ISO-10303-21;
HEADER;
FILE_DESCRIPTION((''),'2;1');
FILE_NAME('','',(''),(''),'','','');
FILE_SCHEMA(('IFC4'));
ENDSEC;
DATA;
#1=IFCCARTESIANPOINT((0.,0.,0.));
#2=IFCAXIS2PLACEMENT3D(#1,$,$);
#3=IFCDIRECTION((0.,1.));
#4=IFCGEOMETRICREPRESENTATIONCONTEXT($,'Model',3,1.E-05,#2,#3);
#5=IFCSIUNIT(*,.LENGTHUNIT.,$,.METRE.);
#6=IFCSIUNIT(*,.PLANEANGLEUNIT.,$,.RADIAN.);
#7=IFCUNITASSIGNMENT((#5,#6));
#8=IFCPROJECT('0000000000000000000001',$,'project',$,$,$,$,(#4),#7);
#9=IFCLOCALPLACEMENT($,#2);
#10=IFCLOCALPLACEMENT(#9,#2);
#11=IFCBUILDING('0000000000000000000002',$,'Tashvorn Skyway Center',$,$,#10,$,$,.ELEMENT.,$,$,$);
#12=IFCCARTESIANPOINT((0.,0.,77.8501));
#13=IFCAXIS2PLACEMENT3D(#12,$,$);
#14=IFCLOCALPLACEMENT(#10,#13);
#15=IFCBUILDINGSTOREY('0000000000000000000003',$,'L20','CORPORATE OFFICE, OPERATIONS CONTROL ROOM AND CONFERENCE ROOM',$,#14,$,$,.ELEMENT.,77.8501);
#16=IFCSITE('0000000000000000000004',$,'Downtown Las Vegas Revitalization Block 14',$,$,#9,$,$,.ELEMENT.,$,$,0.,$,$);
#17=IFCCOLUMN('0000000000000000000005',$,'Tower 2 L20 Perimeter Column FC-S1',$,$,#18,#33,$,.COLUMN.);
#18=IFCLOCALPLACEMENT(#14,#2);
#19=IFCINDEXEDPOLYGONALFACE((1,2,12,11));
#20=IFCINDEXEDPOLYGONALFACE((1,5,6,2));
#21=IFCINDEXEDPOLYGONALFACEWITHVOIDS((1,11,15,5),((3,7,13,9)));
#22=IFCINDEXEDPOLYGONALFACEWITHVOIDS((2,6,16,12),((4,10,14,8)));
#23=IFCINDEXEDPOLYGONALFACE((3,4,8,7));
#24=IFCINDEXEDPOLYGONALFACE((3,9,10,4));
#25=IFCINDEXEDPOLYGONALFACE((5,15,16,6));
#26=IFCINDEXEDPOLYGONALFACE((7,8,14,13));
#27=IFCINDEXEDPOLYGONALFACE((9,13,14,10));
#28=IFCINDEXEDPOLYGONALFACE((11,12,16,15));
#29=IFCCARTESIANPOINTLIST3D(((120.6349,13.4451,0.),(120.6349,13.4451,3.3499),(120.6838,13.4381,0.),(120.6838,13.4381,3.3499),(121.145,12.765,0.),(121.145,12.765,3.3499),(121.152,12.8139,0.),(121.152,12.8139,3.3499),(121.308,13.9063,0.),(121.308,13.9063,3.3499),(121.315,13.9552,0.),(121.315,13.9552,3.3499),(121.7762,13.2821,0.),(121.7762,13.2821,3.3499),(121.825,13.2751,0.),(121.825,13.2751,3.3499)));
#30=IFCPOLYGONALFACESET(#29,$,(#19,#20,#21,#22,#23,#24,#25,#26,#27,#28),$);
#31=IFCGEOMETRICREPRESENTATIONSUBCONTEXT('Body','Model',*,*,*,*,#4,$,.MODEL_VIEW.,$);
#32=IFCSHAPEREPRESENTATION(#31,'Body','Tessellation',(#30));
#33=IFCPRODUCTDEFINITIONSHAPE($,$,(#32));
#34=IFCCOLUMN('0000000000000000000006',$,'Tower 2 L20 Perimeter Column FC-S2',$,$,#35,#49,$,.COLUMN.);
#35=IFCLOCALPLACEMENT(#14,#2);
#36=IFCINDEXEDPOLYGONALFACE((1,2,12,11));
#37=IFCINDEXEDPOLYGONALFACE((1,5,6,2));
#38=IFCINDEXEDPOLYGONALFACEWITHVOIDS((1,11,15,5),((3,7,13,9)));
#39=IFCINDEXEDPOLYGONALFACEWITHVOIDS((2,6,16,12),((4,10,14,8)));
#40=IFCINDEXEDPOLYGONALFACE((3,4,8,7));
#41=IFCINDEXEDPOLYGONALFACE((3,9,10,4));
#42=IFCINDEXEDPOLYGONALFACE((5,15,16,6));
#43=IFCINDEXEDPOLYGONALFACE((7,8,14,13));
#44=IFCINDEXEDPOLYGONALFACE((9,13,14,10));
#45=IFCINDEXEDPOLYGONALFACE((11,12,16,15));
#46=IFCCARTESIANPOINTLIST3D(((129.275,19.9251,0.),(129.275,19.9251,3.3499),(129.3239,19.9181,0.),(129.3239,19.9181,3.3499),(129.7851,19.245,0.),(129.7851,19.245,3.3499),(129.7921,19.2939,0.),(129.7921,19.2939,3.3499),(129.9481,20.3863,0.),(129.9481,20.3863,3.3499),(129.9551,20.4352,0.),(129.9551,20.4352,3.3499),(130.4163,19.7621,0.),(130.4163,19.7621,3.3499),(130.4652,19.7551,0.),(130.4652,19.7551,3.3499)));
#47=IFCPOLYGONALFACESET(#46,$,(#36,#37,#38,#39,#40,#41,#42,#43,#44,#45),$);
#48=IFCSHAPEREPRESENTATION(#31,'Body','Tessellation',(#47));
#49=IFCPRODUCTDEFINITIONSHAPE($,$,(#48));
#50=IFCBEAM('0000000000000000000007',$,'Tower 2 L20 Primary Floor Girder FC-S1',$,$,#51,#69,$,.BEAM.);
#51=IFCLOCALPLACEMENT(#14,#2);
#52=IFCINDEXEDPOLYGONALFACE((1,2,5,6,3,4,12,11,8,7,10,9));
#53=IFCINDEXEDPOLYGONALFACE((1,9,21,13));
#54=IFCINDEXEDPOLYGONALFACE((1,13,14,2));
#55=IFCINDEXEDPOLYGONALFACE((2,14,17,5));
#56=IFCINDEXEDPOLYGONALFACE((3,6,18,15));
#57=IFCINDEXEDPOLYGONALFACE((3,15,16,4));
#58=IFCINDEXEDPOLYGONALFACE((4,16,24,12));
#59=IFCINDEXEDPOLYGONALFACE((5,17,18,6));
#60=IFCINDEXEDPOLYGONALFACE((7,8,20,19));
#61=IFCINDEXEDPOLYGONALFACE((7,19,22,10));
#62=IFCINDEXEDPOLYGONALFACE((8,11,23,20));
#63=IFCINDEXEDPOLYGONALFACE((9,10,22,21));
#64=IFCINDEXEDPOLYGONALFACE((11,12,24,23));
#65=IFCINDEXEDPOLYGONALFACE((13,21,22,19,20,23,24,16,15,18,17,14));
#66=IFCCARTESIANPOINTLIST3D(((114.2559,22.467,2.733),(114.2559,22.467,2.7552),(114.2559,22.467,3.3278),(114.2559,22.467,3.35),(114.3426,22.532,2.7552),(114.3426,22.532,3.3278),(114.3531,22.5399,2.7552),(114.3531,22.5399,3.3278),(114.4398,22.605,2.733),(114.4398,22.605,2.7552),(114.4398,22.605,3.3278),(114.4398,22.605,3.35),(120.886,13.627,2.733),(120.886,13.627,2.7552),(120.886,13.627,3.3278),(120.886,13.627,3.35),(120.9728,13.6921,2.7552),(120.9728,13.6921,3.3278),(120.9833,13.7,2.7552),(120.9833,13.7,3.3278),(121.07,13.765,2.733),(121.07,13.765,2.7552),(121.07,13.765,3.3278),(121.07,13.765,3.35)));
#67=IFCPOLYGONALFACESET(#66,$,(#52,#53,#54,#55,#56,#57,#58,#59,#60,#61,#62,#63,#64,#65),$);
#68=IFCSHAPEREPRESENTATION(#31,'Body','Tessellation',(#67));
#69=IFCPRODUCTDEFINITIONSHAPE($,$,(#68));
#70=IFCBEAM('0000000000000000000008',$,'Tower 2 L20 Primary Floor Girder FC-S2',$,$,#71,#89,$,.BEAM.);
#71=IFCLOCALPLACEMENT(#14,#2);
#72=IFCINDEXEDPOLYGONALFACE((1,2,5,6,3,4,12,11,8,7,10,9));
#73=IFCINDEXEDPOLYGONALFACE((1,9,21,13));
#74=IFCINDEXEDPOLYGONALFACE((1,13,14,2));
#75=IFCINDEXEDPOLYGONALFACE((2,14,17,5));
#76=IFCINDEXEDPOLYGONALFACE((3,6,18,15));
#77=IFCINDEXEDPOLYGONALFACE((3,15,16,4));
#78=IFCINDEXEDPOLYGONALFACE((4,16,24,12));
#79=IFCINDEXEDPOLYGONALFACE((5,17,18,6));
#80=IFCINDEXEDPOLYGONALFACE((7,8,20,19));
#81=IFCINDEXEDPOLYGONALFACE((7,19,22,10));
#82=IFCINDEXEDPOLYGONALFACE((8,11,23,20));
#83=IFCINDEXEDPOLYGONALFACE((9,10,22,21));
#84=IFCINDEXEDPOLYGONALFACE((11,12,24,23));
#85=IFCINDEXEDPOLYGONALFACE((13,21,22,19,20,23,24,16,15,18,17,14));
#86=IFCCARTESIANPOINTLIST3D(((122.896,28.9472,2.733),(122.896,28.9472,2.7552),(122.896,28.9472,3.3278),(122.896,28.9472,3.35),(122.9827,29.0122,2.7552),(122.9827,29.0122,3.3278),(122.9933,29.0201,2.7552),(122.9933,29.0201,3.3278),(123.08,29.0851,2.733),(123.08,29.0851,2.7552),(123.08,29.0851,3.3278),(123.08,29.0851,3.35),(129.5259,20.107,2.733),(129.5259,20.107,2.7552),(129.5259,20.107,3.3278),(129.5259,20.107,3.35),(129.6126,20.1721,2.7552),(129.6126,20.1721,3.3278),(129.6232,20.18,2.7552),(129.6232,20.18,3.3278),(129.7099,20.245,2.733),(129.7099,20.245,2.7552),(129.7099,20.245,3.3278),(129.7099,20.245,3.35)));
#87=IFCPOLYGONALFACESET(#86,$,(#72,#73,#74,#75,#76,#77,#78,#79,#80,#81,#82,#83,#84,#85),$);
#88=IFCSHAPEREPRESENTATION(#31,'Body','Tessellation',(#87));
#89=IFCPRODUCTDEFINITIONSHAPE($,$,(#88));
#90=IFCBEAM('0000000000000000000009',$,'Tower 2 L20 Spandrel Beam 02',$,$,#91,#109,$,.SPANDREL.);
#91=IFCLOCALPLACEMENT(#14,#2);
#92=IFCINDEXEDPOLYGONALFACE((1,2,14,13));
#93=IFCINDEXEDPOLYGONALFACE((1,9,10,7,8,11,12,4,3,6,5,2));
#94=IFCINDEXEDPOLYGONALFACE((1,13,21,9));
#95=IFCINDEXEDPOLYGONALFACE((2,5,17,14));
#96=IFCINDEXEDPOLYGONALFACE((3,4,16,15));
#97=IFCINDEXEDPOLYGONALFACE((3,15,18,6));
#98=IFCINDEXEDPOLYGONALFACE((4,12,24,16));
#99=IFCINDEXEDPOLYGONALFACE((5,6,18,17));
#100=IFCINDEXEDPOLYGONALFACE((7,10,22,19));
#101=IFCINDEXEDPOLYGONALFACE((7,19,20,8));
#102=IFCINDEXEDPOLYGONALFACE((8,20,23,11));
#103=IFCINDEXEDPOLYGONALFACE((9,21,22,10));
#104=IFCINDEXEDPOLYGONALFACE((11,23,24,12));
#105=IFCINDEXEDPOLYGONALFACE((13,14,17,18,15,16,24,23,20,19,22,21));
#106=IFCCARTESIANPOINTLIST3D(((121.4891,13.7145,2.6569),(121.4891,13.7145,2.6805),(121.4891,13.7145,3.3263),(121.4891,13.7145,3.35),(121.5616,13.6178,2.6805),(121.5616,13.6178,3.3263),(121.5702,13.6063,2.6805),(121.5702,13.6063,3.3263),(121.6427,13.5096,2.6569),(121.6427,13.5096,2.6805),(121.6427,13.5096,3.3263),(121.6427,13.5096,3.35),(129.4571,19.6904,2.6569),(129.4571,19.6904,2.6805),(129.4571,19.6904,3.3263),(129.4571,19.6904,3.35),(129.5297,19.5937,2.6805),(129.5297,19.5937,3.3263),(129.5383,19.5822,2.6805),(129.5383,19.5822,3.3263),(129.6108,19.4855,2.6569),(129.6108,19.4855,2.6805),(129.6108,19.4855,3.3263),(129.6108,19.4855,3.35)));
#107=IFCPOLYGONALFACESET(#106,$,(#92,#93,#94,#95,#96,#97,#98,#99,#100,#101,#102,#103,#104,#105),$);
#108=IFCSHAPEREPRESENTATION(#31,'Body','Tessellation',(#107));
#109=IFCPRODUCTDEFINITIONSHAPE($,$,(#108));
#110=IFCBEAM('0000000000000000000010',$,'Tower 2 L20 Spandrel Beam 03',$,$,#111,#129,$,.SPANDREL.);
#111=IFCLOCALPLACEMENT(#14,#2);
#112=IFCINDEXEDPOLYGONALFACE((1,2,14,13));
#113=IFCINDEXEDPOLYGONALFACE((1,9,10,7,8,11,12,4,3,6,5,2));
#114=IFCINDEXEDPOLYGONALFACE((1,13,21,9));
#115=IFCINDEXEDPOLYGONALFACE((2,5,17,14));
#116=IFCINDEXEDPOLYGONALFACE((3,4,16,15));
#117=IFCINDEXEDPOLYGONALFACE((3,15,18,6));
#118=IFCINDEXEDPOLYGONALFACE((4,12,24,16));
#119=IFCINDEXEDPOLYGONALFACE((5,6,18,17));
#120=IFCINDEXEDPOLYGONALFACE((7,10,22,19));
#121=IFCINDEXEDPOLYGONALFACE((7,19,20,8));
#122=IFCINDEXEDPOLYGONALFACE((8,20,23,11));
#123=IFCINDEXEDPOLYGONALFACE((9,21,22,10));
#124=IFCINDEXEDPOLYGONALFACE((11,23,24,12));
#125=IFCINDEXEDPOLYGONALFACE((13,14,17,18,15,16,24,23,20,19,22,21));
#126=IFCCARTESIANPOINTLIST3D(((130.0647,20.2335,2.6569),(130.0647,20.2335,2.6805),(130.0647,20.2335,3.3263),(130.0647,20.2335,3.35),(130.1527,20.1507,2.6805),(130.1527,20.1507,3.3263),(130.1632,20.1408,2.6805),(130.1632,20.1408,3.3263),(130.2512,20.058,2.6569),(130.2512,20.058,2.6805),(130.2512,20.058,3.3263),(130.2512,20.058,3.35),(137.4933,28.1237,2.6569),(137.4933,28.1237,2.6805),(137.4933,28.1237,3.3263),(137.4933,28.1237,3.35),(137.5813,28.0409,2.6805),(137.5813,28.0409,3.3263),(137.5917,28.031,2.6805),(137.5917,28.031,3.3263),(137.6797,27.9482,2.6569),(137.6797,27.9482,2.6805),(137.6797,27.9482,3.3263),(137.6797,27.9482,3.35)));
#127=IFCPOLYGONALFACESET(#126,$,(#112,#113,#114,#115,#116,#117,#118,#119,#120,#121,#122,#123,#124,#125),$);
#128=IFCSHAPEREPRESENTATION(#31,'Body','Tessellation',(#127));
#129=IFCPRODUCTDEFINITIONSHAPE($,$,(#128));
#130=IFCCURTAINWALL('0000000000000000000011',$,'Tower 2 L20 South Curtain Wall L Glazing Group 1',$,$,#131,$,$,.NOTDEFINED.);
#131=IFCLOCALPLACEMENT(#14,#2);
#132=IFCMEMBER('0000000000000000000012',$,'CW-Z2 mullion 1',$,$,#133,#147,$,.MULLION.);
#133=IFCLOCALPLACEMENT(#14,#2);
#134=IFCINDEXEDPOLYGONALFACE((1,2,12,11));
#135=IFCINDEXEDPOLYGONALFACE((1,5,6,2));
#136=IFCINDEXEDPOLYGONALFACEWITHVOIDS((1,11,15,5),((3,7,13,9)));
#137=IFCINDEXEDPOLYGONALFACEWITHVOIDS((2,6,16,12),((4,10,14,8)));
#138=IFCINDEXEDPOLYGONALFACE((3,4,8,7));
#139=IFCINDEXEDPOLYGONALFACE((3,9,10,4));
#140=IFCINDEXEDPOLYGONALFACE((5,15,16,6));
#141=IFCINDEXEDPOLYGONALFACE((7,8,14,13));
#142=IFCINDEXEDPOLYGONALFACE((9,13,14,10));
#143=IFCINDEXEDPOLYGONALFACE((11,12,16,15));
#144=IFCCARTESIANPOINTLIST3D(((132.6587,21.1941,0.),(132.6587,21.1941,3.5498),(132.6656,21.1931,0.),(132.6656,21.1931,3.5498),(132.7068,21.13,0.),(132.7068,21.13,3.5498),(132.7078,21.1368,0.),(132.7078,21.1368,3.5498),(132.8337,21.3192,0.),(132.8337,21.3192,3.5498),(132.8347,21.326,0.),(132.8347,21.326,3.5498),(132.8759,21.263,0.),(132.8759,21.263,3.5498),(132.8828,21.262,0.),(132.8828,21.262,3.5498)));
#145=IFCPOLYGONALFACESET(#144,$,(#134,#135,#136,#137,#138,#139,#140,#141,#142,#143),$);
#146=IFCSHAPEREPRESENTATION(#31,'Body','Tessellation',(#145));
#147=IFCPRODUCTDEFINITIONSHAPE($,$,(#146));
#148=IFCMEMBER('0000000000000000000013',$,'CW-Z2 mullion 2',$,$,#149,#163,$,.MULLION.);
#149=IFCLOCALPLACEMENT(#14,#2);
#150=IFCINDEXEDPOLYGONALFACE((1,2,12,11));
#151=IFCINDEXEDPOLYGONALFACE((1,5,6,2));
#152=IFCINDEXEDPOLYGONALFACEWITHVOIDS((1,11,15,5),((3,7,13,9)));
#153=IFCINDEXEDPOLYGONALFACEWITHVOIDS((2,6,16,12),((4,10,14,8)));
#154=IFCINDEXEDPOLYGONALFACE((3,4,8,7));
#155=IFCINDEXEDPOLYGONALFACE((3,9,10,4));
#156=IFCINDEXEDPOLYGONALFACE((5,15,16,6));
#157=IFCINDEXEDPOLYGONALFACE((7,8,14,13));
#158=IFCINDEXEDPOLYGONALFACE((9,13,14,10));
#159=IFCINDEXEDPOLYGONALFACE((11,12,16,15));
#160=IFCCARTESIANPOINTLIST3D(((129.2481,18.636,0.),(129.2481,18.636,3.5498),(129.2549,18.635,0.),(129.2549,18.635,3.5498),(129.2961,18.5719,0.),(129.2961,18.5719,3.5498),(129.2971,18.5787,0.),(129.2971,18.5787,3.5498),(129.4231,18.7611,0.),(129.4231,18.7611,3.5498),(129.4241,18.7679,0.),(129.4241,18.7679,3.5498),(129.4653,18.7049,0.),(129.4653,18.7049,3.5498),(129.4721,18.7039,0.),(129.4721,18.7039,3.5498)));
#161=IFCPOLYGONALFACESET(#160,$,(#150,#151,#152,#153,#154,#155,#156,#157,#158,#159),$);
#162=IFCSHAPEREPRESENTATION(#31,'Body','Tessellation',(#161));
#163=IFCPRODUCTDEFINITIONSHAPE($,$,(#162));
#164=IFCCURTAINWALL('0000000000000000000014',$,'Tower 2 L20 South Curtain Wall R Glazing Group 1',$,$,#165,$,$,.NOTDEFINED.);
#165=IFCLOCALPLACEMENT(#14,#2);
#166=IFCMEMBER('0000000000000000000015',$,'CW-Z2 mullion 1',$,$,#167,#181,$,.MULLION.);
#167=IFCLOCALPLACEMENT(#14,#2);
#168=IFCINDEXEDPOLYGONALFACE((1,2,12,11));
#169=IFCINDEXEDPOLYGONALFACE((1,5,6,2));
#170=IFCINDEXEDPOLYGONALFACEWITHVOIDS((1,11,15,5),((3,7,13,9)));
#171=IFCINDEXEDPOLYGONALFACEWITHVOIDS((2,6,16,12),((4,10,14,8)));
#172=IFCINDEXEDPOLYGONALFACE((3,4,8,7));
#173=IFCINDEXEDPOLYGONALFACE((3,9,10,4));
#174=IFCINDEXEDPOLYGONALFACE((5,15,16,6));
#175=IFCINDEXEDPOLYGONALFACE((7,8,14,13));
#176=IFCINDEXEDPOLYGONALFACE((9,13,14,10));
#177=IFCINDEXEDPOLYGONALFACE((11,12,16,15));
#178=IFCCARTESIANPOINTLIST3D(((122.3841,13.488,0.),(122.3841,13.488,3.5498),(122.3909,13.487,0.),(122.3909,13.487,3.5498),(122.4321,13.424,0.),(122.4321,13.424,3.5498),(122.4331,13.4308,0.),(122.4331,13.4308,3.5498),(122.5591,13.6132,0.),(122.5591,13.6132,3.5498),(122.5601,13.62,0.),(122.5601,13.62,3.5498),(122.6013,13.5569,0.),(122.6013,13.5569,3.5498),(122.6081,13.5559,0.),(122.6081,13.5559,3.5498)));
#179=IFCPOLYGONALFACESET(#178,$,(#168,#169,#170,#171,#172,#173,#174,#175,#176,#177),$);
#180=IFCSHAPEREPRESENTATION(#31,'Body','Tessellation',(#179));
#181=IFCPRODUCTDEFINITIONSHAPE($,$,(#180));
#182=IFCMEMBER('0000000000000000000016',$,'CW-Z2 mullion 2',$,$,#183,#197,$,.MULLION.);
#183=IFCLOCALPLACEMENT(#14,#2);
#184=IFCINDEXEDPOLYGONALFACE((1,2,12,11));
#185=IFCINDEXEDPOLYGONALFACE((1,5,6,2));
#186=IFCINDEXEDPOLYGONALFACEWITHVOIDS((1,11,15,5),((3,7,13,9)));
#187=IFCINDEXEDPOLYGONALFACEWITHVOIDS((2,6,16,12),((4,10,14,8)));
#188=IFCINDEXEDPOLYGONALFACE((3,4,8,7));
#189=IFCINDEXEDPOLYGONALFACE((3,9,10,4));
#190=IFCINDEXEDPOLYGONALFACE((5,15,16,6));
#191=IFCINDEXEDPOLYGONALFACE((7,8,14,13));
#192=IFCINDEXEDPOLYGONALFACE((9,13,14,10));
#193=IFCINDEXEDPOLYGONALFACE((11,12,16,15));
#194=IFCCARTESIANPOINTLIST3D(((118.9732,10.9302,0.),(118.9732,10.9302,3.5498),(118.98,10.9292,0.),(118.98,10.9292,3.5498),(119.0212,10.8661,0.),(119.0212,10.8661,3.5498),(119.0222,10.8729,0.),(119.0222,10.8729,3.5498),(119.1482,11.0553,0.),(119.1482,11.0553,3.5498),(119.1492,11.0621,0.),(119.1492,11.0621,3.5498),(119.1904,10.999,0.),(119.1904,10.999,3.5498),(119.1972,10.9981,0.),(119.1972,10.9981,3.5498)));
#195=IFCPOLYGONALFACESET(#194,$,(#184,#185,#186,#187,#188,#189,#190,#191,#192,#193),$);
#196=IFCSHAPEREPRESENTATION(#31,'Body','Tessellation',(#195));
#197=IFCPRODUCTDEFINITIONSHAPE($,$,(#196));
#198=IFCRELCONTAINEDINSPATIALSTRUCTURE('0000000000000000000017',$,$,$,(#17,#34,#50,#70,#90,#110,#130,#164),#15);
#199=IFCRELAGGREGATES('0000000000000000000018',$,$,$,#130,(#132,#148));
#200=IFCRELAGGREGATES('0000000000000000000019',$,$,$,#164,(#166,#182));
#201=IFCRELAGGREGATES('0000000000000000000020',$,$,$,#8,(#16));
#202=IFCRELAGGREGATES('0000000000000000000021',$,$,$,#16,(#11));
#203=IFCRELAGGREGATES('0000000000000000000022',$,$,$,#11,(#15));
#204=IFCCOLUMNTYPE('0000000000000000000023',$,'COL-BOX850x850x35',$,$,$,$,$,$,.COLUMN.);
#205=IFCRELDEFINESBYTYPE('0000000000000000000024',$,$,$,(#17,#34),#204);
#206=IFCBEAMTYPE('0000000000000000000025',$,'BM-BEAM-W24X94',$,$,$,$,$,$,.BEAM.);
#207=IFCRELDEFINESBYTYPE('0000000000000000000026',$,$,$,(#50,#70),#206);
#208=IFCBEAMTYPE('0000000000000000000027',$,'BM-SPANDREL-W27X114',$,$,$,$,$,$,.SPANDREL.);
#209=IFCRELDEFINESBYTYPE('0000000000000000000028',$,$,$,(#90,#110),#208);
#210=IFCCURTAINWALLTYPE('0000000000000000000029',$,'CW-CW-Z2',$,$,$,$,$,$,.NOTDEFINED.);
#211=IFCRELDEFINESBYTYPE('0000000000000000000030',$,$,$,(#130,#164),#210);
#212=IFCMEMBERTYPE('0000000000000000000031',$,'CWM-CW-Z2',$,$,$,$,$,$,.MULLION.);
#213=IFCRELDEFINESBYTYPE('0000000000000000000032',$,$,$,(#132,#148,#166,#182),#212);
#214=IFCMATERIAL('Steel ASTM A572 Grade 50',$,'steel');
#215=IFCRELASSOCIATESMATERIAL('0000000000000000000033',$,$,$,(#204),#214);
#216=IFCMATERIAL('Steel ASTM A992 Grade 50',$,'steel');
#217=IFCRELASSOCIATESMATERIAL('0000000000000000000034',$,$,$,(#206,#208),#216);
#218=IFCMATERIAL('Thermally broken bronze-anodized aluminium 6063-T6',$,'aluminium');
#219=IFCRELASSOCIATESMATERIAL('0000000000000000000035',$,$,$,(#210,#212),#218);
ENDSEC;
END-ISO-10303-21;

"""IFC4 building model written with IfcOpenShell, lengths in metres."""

from ifc_helpers import new_model, si_unit, direction, frame, origin, origin_2d, place, context, subcontext, project, spatial, hollow_rectangle, i_section, extrude, material, material_profile, profile_set, type_object, element, aggregate, save


model = new_model("IFC4")

# Units and contexts
model_context = context("Model", 3, precision=1e-05, world=origin(), true_north=direction((0.0, 1.0)))
body_context = subcontext(model_context, "Body", "Model", "MODEL_VIEW")
ifc_project = project(units=[si_unit("LENGTHUNIT", "METRE"), si_unit("PLANEANGLEUNIT", "RADIAN")], contexts=[model_context])

# Site, building, storey
site_placement = place(None, origin())
site = spatial("IfcSite", under=ifc_project, at=site_placement, Name="Downtown Las Vegas Revitalization Block 14", CompositionType="ELEMENT", RefElevation=0.0)
building_placement = place(site_placement, origin())
building = spatial("IfcBuilding", under=site, at=building_placement, Name="Tashvorn Skyway Center", CompositionType="ELEMENT")
storey_placement = place(building_placement, frame((0.0, 0.0, 77.8501)))
storey = spatial("IfcBuildingStorey", under=building, at=storey_placement, Name="L20", Description="CORPORATE OFFICE, OPERATIONS CONTROL ROOM AND CONFERENCE ROOM", CompositionType="ELEMENT", Elevation=77.8501)

# Columns
ifc_material_1 = material(Name="Steel ASTM A572 Grade 50", Category="steel")
ifc_material_profile_1 = material_profile(ifc_material_1, hollow_rectangle(XDim=0.8501, YDim=0.8501, WallThickness=0.0349, at=origin_2d()), Name="BOX850x850x35")
ifc_profile_set_1 = profile_set([ifc_material_profile_1], Name="Steel ASTM A572 Grade 50")
column_type = type_object("IfcColumnType", Name="COL-BOX850x850x35", PredefinedType="COLUMN", material=ifc_profile_set_1)
for number, where, z_axis, x_axis, name in (
    (1, (121.23, 13.3601, 0.0), (0.0, 0.0, 1.0), (0.8, 0.6, 0.0), "Tower 2 L20 Perimeter Column FC-S1"),
    (2, (129.8701, 19.8401, 0.0), (0.0, 0.0, 1.0), (0.8, 0.6, 0.0), "Tower 2 L20 Perimeter Column FC-S2"),
):
    element("IfcColumn", number, at=place(storey_placement, frame(where, z_axis=z_axis, x_axis=x_axis)), inside=storey, type_object=column_type, Name=name, PredefinedType="COLUMN", context=body_context, shape_type="SweptSolid", body=[
        extrude(hollow_rectangle(XDim=0.8501, YDim=0.8501, WallThickness=0.0349, at=origin_2d()), origin(), (0.0, 0.0, 1.0), 3.3499),
    ])

# Beams
ifc_material_2 = material(Name="Steel ASTM A992 Grade 50", Category="steel")
ifc_material_profile_2 = material_profile(ifc_material_2, i_section(OverallWidth=0.23, OverallDepth=0.6169, WebThickness=0.0132, FlangeThickness=0.0222, at=origin_2d()), Name="W24X94")
ifc_profile_set_2 = profile_set([ifc_material_profile_2], Name="Steel ASTM A992 Grade 50")
beam_type_1 = type_object("IfcBeamType", Name="BM-BEAM-W24X94", PredefinedType="BEAM", material=ifc_profile_set_2)
for number, where, z_axis, x_axis, name in (
    (3, (120.978, 13.696, 3.0415), (-0.600014, 0.799989, 0.0), (-0.799989, -0.600014, 0.0), "Tower 2 L20 Primary Floor Girder FC-S1"),
    (4, (129.6179, 20.176, 3.0415), (-0.599989, 0.800008, 0.0), (-0.800008, -0.599989, 0.0), "Tower 2 L20 Primary Floor Girder FC-S2"),
):
    element("IfcBeam", number, at=place(storey_placement, frame(where, z_axis=z_axis, x_axis=x_axis)), inside=storey, type_object=beam_type_1, Name=name, PredefinedType="BEAM", context=body_context, shape_type="SweptSolid", body=[
        extrude(i_section(OverallWidth=0.23, OverallDepth=0.6169, WebThickness=0.0132, FlangeThickness=0.0222, at=origin_2d()), origin(), (0.0, 0.0, 1.0), 11.05),
    ])
ifc_material_profile_3 = material_profile(ifc_material_2, i_section(OverallWidth=0.2561, OverallDepth=0.6931, WebThickness=0.0144, FlangeThickness=0.0237, at=origin_2d()), Name="W27X114")
ifc_profile_set_3 = profile_set([ifc_material_profile_3], Name="Steel ASTM A992 Grade 50")
beam_type_2 = type_object("IfcBeamType", Name="BM-SPANDREL-W27X114", PredefinedType="SPANDREL", material=ifc_profile_set_3)
beam_1_placement = place(storey_placement, frame((121.5659, 13.6121, 3.0034), z_axis=(0.800009, 0.599988, 0.0), x_axis=(-0.599988, 0.800009, 0.0)))
element("IfcBeam", 5, at=beam_1_placement, inside=storey, type_object=beam_type_2, Name="Tower 2 L20 Spandrel Beam 02", PredefinedType="SPANDREL", context=body_context, shape_type="SweptSolid", body=[
    extrude(i_section(OverallWidth=0.2561, OverallDepth=0.6931, WebThickness=0.0144, FlangeThickness=0.0237, at=origin_2d()), origin(), (0.0, 0.0, 1.0), 9.96),
])
beam_2_placement = place(storey_placement, frame((130.158, 20.1458, 3.0034), z_axis=(0.685485, 0.728087, 0.0), x_axis=(-0.728087, 0.685485, 0.0)))
element("IfcBeam", 6, at=beam_2_placement, inside=storey, type_object=beam_type_2, Name="Tower 2 L20 Spandrel Beam 03", PredefinedType="SPANDREL", context=body_context, shape_type="SweptSolid", body=[
    extrude(i_section(OverallWidth=0.2561, OverallDepth=0.6931, WebThickness=0.0144, FlangeThickness=0.0237, at=origin_2d()), origin(), (0.0, 0.0, 1.0), 10.8369),
])

# Curtain walls, members
ifc_material_3 = material(Name="Thermally broken bronze-anodized aluminium 6063-T6", Category="aluminium")
curtain_wall_type = type_object("IfcCurtainWallType", Name="CW-CW-Z2", PredefinedType="NOTDEFINED", material=ifc_material_3)
curtain_wall_1_placement = place(storey_placement, origin())
curtain_wall_1 = element("IfcCurtainWall", 7, at=curtain_wall_1_placement, inside=storey, type_object=curtain_wall_type, Name="Tower 2 L20 South Curtain Wall L Glazing Group 1", PredefinedType="NOTDEFINED")
ifc_material_profile_4 = material_profile(ifc_material_3, hollow_rectangle(XDim=0.0801, YDim=0.22, WallThickness=0.0049, at=origin_2d()), Name="ALU-MULL-80x220")
ifc_profile_set_4 = profile_set([ifc_material_profile_4], Name="Thermally broken bronze-anodized aluminium 6063-T6")
member_type_1 = type_object("IfcMemberType", Name="CWM-CW-Z2", PredefinedType="MULLION", material=ifc_profile_set_4)
member_1_placement = place(storey_placement, frame((132.7708, 21.228, 0.0), z_axis=(0.0, 0.0, 1.0), x_axis=(0.599996, -0.800003, 0.0)))
member_1 = element("IfcMember", 8, at=member_1_placement, type_object=member_type_1, Name="CW-Z2 mullion 1", PredefinedType="MULLION", context=body_context, shape_type="SweptSolid", body=[
    extrude(hollow_rectangle(XDim=0.0801, YDim=0.22, WallThickness=0.0049, at=origin_2d()), origin(), (0.0, 0.0, 1.0), 3.5498),
])
member_2_placement = place(storey_placement, frame((129.3601, 18.6699, 0.0), z_axis=(0.0, 0.0, 1.0), x_axis=(0.599996, -0.800003, 0.0)))
member_2 = element("IfcMember", 9, at=member_2_placement, type_object=member_type_1, Name="CW-Z2 mullion 2", PredefinedType="MULLION", context=body_context, shape_type="SweptSolid", body=[
    extrude(hollow_rectangle(XDim=0.0801, YDim=0.22, WallThickness=0.0049, at=origin_2d()), origin(), (0.0, 0.0, 1.0), 3.5498),
])
curtain_wall_2_placement = place(storey_placement, origin())
curtain_wall_2 = element("IfcCurtainWall", 10, at=curtain_wall_2_placement, inside=storey, type_object=curtain_wall_type, Name="Tower 2 L20 South Curtain Wall R Glazing Group 1", PredefinedType="NOTDEFINED")
member_3_placement = place(storey_placement, frame((122.4961, 13.522, 0.0), z_axis=(0.0, 0.0, 1.0), x_axis=(0.599996, -0.800003, 0.0)))
member_3 = element("IfcMember", 11, at=member_3_placement, type_object=member_type_1, Name="CW-Z2 mullion 1", PredefinedType="MULLION", context=body_context, shape_type="SweptSolid", body=[
    extrude(hollow_rectangle(XDim=0.0801, YDim=0.22, WallThickness=0.0049, at=origin_2d()), origin(), (0.0, 0.0, 1.0), 3.5498),
])
member_4_placement = place(storey_placement, frame((119.0852, 10.9641, 0.0), z_axis=(0.0, 0.0, 1.0), x_axis=(0.599996, -0.800003, 0.0)))
member_4 = element("IfcMember", 12, at=member_4_placement, type_object=member_type_1, Name="CW-Z2 mullion 2", PredefinedType="MULLION", context=body_context, shape_type="SweptSolid", body=[
    extrude(hollow_rectangle(XDim=0.0801, YDim=0.22, WallThickness=0.0049, at=origin_2d()), origin(), (0.0, 0.0, 1.0), 3.5498),
])

aggregate(curtain_wall_1, [member_1, member_2])
aggregate(curtain_wall_2, [member_3, member_4])

save(model, "model.ifc")
